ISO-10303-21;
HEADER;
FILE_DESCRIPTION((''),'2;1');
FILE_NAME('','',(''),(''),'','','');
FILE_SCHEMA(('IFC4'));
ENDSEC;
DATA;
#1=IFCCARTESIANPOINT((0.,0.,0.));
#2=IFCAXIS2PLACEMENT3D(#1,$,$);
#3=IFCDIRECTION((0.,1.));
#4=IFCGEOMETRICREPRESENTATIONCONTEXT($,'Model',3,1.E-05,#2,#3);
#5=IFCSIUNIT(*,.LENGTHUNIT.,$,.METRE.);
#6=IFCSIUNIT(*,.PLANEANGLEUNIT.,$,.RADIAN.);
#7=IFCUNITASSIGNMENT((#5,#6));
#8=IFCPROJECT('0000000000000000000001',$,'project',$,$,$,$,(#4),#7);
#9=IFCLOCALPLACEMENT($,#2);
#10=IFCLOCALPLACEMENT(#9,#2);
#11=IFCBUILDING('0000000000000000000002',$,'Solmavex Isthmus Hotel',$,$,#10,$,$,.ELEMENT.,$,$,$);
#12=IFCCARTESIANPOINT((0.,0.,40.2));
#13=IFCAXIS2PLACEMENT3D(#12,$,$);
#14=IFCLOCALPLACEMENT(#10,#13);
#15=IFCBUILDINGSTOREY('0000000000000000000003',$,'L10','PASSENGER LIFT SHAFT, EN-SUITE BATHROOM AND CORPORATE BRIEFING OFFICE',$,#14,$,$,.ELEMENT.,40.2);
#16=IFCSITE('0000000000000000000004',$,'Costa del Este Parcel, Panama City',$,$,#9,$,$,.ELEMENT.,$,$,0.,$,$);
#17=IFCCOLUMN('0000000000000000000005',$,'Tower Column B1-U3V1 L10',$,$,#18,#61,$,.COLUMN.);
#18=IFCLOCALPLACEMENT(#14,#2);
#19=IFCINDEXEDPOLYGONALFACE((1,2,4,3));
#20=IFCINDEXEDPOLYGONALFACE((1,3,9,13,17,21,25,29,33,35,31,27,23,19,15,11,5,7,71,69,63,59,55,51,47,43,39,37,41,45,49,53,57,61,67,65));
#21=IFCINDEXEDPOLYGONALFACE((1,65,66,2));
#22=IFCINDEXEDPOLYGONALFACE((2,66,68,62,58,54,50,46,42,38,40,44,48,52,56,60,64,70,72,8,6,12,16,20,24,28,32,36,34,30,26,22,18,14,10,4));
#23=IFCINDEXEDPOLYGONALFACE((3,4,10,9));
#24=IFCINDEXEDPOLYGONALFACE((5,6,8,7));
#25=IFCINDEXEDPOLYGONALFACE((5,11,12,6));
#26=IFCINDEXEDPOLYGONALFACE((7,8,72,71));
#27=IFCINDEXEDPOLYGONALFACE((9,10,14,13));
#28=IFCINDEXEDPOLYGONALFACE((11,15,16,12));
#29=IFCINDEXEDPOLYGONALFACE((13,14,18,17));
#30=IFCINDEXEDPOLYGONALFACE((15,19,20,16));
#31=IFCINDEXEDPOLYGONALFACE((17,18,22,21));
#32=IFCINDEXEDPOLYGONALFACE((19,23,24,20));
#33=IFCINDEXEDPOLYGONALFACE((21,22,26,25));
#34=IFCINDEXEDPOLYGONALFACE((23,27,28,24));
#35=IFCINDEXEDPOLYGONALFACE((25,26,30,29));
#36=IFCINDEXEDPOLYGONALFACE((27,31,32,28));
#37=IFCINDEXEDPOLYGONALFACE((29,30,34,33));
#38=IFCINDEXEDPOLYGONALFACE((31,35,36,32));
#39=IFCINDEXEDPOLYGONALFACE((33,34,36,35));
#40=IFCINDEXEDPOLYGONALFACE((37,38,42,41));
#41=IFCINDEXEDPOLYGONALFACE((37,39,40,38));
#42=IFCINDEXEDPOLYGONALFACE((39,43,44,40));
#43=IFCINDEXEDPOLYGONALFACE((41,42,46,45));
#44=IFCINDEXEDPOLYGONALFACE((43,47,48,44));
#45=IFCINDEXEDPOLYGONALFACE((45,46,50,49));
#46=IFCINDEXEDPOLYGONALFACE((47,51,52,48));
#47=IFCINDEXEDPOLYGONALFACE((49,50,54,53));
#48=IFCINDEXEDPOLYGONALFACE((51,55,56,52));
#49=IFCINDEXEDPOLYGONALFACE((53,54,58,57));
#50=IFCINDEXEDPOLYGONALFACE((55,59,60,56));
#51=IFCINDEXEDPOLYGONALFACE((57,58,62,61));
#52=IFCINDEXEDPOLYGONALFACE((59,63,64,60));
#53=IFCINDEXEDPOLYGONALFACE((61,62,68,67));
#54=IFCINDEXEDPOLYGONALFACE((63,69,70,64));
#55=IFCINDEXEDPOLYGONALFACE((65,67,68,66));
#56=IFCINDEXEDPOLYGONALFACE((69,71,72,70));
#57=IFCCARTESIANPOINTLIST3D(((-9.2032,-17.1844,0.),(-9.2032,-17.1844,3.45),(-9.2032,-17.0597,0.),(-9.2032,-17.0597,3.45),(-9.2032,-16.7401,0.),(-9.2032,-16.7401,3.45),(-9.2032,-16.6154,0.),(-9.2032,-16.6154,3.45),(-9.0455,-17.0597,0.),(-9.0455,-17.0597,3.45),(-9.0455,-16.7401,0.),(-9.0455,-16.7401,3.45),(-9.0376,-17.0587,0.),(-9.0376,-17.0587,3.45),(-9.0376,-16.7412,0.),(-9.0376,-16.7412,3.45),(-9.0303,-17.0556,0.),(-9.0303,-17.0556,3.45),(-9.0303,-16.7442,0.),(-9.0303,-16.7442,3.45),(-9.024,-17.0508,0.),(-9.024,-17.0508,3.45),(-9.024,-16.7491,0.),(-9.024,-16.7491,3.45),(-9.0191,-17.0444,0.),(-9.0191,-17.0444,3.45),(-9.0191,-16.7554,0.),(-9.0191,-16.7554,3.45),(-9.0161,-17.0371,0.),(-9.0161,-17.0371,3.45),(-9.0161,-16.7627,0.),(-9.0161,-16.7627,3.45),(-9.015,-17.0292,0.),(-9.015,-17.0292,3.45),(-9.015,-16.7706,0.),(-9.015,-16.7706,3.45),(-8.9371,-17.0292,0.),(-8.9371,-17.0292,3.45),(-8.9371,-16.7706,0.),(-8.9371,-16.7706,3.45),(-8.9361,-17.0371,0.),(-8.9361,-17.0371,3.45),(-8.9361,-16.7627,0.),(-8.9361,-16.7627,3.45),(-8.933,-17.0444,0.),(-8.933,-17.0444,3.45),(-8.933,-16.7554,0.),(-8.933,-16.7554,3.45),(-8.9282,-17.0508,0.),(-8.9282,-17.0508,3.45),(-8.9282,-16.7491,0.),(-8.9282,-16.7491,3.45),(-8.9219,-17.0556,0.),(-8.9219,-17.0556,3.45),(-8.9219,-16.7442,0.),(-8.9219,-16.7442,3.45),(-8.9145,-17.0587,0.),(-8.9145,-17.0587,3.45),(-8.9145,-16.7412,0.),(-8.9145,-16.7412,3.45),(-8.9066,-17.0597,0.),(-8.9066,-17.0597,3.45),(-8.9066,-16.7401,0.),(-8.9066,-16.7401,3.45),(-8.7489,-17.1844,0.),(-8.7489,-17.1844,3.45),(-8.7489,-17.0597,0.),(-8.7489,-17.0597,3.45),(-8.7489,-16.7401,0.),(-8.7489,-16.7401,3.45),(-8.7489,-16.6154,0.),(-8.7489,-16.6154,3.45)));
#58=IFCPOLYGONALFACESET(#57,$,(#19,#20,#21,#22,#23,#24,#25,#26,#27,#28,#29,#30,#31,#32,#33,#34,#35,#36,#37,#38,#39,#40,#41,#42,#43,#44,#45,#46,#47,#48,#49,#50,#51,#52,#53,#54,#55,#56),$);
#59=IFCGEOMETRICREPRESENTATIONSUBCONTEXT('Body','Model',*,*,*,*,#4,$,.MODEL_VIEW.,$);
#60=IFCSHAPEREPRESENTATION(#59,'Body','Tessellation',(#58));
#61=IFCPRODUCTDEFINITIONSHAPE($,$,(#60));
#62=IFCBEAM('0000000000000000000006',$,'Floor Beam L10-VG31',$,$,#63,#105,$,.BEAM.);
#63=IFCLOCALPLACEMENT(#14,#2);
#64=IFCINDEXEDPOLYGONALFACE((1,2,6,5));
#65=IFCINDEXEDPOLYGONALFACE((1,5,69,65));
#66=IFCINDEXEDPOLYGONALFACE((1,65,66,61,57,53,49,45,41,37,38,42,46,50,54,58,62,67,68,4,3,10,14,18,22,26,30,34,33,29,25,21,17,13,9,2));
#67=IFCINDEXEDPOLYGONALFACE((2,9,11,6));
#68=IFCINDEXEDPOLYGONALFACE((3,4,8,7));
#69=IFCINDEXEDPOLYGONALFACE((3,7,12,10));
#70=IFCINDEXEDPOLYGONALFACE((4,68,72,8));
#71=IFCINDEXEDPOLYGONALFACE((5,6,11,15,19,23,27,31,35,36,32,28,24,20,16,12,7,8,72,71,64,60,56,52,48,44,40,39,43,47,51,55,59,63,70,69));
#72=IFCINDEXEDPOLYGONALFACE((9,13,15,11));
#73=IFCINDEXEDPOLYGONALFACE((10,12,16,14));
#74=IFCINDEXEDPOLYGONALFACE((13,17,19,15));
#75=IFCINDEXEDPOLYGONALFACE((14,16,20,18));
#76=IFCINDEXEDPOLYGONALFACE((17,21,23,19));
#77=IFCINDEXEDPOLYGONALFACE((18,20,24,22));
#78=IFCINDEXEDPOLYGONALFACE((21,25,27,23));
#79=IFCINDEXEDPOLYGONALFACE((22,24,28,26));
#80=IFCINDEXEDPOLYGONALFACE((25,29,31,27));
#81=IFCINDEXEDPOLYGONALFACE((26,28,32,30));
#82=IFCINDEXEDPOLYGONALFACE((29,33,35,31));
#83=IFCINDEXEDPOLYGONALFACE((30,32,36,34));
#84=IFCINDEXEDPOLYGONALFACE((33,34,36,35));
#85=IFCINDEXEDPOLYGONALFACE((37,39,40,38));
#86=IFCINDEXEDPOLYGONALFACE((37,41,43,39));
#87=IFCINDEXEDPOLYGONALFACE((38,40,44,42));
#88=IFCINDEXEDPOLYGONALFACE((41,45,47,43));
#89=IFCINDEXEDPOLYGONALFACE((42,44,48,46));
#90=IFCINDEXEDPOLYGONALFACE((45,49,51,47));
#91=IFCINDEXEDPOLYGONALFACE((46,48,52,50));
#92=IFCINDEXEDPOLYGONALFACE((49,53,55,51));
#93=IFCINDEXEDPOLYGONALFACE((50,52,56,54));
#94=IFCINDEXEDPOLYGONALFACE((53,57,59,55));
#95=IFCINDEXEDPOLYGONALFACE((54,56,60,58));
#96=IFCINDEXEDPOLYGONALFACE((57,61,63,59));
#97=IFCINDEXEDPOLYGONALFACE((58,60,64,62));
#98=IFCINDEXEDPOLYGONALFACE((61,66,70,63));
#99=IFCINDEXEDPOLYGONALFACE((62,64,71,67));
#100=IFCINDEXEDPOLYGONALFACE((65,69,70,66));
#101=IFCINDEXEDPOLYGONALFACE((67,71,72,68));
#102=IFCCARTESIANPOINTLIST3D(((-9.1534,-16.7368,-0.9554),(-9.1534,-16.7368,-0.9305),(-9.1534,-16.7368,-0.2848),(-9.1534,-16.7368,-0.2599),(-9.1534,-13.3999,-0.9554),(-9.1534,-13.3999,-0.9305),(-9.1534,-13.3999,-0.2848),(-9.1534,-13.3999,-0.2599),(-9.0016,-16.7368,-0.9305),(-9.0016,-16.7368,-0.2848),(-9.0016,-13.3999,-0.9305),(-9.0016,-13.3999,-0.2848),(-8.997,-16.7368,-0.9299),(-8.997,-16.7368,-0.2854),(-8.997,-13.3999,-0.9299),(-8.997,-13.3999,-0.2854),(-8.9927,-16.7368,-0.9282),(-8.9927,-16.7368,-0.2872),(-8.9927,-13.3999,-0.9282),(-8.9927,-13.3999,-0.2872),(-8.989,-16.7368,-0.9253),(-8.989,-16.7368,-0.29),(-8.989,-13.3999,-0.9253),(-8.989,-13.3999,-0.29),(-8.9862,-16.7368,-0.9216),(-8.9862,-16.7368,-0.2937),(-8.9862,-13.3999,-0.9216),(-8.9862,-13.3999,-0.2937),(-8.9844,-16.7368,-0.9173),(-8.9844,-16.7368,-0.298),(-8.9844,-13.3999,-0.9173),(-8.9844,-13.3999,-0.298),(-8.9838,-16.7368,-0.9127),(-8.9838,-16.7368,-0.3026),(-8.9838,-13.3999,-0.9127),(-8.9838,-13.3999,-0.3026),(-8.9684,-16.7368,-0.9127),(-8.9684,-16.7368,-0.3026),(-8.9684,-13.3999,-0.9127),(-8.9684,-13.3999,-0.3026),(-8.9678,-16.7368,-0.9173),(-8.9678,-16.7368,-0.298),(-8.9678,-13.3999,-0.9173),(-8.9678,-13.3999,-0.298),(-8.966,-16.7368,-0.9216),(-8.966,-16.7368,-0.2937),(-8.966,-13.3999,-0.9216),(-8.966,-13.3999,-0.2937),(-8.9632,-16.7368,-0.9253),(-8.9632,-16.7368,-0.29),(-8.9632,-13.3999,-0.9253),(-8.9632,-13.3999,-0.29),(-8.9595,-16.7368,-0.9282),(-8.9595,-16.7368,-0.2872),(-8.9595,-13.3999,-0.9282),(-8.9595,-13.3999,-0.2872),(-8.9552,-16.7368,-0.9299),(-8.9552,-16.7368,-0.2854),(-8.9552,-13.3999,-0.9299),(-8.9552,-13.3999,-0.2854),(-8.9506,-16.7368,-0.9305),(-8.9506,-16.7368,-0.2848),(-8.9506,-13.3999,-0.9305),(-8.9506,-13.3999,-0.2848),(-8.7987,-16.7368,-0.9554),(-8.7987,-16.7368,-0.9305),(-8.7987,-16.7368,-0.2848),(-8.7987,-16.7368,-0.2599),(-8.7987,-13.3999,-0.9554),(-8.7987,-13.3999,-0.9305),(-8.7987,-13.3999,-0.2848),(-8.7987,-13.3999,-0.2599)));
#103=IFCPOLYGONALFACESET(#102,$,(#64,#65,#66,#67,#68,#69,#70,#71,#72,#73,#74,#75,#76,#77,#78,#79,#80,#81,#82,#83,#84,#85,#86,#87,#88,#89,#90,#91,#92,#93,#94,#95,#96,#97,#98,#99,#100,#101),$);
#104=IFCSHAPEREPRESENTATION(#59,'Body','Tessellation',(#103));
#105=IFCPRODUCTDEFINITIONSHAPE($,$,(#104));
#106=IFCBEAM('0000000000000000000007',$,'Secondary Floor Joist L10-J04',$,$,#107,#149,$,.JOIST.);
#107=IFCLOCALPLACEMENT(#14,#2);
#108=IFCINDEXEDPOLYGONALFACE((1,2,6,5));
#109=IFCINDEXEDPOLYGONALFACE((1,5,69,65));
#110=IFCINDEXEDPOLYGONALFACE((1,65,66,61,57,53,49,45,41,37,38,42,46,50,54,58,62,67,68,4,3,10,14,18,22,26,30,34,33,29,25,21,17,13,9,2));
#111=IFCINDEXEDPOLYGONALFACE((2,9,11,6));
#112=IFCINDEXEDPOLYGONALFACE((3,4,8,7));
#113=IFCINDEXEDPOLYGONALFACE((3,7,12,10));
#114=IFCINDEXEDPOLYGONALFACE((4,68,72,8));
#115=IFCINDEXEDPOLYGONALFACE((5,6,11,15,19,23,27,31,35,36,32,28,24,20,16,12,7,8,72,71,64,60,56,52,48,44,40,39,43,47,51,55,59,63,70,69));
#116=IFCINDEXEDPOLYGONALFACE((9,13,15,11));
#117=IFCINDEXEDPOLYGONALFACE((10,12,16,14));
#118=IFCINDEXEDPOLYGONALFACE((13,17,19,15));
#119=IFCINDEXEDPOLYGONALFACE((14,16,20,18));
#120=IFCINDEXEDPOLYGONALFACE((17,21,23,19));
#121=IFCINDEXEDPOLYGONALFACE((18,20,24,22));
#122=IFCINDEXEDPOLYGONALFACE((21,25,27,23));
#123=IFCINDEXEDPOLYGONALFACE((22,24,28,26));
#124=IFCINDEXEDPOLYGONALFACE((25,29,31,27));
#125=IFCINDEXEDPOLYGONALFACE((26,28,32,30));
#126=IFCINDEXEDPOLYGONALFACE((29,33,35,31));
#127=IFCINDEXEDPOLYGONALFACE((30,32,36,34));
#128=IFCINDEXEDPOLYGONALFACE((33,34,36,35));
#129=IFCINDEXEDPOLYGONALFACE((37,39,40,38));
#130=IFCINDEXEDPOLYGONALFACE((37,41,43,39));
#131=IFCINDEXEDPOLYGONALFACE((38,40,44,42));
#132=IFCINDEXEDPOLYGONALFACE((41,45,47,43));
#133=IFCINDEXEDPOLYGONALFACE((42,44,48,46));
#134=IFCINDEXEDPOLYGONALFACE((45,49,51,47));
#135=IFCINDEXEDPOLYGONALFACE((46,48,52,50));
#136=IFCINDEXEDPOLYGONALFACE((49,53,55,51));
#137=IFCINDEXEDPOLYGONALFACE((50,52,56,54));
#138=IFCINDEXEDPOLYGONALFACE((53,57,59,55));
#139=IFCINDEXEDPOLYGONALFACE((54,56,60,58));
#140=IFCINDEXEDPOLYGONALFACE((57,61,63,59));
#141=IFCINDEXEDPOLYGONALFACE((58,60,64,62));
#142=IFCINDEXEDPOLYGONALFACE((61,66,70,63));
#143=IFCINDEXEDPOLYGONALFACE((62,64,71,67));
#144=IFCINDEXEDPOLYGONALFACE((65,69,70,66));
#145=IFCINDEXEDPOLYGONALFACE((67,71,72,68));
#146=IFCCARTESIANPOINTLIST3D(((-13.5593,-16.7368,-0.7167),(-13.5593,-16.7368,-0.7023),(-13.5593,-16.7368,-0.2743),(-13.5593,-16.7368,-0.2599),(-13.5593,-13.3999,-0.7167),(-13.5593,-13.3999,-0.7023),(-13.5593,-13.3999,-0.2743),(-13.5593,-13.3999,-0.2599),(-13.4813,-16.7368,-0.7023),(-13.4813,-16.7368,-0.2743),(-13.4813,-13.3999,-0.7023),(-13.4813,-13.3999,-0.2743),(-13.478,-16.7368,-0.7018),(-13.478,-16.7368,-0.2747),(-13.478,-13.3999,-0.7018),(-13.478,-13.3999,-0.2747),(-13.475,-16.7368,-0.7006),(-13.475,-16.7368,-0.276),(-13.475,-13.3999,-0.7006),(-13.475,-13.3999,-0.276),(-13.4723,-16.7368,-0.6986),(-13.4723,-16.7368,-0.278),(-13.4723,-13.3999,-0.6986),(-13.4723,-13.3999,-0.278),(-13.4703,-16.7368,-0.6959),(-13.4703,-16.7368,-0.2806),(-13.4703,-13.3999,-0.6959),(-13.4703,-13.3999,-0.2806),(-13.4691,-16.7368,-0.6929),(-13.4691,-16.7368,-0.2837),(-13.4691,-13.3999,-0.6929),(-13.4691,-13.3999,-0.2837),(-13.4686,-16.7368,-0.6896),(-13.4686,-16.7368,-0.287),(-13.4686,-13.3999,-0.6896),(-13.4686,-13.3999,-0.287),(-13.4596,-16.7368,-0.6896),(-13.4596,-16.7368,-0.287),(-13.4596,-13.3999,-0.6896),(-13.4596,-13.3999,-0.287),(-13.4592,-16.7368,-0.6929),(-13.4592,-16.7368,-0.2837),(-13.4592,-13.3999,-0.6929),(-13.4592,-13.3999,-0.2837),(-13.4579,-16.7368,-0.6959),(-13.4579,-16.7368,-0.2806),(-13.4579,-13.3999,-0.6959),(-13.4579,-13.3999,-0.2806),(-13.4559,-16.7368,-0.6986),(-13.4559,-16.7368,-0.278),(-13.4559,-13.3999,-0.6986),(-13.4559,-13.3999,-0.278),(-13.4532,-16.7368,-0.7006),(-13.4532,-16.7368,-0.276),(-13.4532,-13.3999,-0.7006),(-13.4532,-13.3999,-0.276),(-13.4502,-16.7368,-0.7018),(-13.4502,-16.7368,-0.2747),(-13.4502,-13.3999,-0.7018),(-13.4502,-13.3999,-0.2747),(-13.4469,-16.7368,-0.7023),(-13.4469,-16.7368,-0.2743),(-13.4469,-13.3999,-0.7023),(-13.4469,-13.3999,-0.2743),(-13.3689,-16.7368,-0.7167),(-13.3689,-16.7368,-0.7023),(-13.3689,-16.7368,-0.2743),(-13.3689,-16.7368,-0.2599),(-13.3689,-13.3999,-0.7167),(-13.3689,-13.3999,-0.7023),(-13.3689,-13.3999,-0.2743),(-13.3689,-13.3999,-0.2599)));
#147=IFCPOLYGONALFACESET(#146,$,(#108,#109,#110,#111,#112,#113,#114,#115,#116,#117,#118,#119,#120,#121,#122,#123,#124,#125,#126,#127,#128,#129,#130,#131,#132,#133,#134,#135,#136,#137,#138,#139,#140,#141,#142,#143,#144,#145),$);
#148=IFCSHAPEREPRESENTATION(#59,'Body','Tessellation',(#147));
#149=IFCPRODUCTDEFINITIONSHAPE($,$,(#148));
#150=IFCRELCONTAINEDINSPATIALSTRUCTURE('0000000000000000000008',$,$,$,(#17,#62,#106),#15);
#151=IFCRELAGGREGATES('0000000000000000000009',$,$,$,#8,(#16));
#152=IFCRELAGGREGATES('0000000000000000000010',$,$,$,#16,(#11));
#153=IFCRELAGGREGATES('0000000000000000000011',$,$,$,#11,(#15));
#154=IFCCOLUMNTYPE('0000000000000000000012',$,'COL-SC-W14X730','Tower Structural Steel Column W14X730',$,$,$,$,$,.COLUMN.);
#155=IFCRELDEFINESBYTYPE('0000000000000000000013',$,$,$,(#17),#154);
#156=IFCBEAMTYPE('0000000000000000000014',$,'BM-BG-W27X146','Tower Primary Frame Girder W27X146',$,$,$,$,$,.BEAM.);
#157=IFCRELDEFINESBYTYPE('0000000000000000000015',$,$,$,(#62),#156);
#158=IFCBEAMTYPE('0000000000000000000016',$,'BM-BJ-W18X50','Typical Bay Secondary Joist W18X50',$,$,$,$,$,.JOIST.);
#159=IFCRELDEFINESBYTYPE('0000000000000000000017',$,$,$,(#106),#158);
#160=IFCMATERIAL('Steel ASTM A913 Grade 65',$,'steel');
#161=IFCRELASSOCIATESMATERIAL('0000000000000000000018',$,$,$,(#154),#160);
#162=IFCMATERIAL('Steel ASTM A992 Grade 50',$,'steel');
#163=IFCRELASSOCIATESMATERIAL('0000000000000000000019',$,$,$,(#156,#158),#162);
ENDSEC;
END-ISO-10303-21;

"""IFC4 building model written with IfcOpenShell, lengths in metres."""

from ifc_helpers import new_model, si_unit, direction, frame, origin, origin_2d, place, context, subcontext, project, spatial, i_section, extrude, material, material_profile, profile_set, type_object, element, save


model = new_model("IFC4")

# Units and contexts
model_context = context("Model", 3, precision=1e-05, world=origin(), true_north=direction((0.0, 1.0)))
body_context = subcontext(model_context, "Body", "Model", "MODEL_VIEW")
ifc_project = project(units=[si_unit("LENGTHUNIT", "METRE"), si_unit("PLANEANGLEUNIT", "RADIAN")], contexts=[model_context])

# Site, building, storey
site_placement = place(None, origin())
site = spatial("IfcSite", under=ifc_project, at=site_placement, Name="Costa del Este Parcel, Panama City", CompositionType="ELEMENT", RefElevation=0.0)
building_placement = place(site_placement, origin())
building = spatial("IfcBuilding", under=site, at=building_placement, Name="Solmavex Isthmus Hotel", CompositionType="ELEMENT")
storey_placement = place(building_placement, frame((0.0, 0.0, 40.2)))
storey = spatial("IfcBuildingStorey", under=building, at=storey_placement, Name="L10", Description="PASSENGER LIFT SHAFT, EN-SUITE BATHROOM AND CORPORATE BRIEFING OFFICE", CompositionType="ELEMENT", Elevation=40.2)

# Column
ifc_material_1 = material(Name="Steel ASTM A913 Grade 65", Category="steel")
ifc_material_profile_1 = material_profile(ifc_material_1, i_section(OverallWidth=0.4543, OverallDepth=0.5691, WebThickness=0.0779, FlangeThickness=0.1248, FilletRadius=0.0305, at=origin_2d()), Name="W14X730")
ifc_profile_set_1 = profile_set([ifc_material_profile_1], Name="Steel ASTM A913 Grade 65")
column_type = type_object("IfcColumnType", Name="COL-SC-W14X730", Description="Tower Structural Steel Column W14X730", PredefinedType="COLUMN", material=ifc_profile_set_1)
column_placement = place(storey_placement, frame((-8.9761, -16.8999, 0.0), z_axis=(0.0, 0.0, 1.0), x_axis=(1.0, 0.0, 0.0)))
element("IfcColumn", 1, at=column_placement, inside=storey, type_object=column_type, Name="Tower Column B1-U3V1 L10", PredefinedType="COLUMN", context=body_context, shape_type="SweptSolid", body=[
    extrude(i_section(OverallWidth=0.4543, OverallDepth=0.5691, WebThickness=0.0779, FlangeThickness=0.1248, FilletRadius=0.0305, at=origin_2d()), origin(), (0.0, 0.0, 1.0), 3.45),
])

# Beams
ifc_material_2 = material(Name="Steel ASTM A992 Grade 50", Category="steel")
ifc_material_profile_2 = material_profile(ifc_material_2, i_section(OverallWidth=0.3547, OverallDepth=0.6956, WebThickness=0.0154, FlangeThickness=0.0249, FilletRadius=0.0178, at=origin_2d()), Name="W27X146")
ifc_profile_set_2 = profile_set([ifc_material_profile_2], Name="Steel ASTM A992 Grade 50")
beam_type_1 = type_object("IfcBeamType", Name="BM-BG-W27X146", Description="Tower Primary Frame Girder W27X146", PredefinedType="BEAM", material=ifc_profile_set_2)
beam_1_placement = place(storey_placement, frame((-8.9761, -16.7368, -0.6077), z_axis=(0.0, 1.0, 0.0), x_axis=(-1.0, 0.0, 0.0)))
element("IfcBeam", 2, at=beam_1_placement, inside=storey, type_object=beam_type_1, Name="Floor Beam L10-VG31", PredefinedType="BEAM", context=body_context, shape_type="SweptSolid", body=[
    extrude(i_section(OverallWidth=0.3547, OverallDepth=0.6956, WebThickness=0.0154, FlangeThickness=0.0249, FilletRadius=0.0178, at=origin_2d()), origin(), (0.0, 0.0, 1.0), 3.3369),
])
ifc_material_profile_3 = material_profile(ifc_material_2, i_section(OverallWidth=0.1904, OverallDepth=0.4568, WebThickness=0.009, FlangeThickness=0.0144, FilletRadius=0.0127, at=origin_2d()), Name="W18X50")
ifc_profile_set_3 = profile_set([ifc_material_profile_3], Name="Steel ASTM A992 Grade 50")
beam_type_2 = type_object("IfcBeamType", Name="BM-BJ-W18X50", Description="Typical Bay Secondary Joist W18X50", PredefinedType="JOIST", material=ifc_profile_set_3)
beam_2_placement = place(storey_placement, frame((-13.4641, -16.7368, -0.4883), z_axis=(0.0, 1.0, 0.0), x_axis=(-1.0, 0.0, 0.0)))
element("IfcBeam", 3, at=beam_2_placement, inside=storey, type_object=beam_type_2, Name="Secondary Floor Joist L10-J04", PredefinedType="JOIST", context=body_context, shape_type="SweptSolid", body=[
    extrude(i_section(OverallWidth=0.1904, OverallDepth=0.4568, WebThickness=0.009, FlangeThickness=0.0144, FilletRadius=0.0127, at=origin_2d()), origin(), (0.0, 0.0, 1.0), 3.3369),
])

save(model, "model.ifc")
